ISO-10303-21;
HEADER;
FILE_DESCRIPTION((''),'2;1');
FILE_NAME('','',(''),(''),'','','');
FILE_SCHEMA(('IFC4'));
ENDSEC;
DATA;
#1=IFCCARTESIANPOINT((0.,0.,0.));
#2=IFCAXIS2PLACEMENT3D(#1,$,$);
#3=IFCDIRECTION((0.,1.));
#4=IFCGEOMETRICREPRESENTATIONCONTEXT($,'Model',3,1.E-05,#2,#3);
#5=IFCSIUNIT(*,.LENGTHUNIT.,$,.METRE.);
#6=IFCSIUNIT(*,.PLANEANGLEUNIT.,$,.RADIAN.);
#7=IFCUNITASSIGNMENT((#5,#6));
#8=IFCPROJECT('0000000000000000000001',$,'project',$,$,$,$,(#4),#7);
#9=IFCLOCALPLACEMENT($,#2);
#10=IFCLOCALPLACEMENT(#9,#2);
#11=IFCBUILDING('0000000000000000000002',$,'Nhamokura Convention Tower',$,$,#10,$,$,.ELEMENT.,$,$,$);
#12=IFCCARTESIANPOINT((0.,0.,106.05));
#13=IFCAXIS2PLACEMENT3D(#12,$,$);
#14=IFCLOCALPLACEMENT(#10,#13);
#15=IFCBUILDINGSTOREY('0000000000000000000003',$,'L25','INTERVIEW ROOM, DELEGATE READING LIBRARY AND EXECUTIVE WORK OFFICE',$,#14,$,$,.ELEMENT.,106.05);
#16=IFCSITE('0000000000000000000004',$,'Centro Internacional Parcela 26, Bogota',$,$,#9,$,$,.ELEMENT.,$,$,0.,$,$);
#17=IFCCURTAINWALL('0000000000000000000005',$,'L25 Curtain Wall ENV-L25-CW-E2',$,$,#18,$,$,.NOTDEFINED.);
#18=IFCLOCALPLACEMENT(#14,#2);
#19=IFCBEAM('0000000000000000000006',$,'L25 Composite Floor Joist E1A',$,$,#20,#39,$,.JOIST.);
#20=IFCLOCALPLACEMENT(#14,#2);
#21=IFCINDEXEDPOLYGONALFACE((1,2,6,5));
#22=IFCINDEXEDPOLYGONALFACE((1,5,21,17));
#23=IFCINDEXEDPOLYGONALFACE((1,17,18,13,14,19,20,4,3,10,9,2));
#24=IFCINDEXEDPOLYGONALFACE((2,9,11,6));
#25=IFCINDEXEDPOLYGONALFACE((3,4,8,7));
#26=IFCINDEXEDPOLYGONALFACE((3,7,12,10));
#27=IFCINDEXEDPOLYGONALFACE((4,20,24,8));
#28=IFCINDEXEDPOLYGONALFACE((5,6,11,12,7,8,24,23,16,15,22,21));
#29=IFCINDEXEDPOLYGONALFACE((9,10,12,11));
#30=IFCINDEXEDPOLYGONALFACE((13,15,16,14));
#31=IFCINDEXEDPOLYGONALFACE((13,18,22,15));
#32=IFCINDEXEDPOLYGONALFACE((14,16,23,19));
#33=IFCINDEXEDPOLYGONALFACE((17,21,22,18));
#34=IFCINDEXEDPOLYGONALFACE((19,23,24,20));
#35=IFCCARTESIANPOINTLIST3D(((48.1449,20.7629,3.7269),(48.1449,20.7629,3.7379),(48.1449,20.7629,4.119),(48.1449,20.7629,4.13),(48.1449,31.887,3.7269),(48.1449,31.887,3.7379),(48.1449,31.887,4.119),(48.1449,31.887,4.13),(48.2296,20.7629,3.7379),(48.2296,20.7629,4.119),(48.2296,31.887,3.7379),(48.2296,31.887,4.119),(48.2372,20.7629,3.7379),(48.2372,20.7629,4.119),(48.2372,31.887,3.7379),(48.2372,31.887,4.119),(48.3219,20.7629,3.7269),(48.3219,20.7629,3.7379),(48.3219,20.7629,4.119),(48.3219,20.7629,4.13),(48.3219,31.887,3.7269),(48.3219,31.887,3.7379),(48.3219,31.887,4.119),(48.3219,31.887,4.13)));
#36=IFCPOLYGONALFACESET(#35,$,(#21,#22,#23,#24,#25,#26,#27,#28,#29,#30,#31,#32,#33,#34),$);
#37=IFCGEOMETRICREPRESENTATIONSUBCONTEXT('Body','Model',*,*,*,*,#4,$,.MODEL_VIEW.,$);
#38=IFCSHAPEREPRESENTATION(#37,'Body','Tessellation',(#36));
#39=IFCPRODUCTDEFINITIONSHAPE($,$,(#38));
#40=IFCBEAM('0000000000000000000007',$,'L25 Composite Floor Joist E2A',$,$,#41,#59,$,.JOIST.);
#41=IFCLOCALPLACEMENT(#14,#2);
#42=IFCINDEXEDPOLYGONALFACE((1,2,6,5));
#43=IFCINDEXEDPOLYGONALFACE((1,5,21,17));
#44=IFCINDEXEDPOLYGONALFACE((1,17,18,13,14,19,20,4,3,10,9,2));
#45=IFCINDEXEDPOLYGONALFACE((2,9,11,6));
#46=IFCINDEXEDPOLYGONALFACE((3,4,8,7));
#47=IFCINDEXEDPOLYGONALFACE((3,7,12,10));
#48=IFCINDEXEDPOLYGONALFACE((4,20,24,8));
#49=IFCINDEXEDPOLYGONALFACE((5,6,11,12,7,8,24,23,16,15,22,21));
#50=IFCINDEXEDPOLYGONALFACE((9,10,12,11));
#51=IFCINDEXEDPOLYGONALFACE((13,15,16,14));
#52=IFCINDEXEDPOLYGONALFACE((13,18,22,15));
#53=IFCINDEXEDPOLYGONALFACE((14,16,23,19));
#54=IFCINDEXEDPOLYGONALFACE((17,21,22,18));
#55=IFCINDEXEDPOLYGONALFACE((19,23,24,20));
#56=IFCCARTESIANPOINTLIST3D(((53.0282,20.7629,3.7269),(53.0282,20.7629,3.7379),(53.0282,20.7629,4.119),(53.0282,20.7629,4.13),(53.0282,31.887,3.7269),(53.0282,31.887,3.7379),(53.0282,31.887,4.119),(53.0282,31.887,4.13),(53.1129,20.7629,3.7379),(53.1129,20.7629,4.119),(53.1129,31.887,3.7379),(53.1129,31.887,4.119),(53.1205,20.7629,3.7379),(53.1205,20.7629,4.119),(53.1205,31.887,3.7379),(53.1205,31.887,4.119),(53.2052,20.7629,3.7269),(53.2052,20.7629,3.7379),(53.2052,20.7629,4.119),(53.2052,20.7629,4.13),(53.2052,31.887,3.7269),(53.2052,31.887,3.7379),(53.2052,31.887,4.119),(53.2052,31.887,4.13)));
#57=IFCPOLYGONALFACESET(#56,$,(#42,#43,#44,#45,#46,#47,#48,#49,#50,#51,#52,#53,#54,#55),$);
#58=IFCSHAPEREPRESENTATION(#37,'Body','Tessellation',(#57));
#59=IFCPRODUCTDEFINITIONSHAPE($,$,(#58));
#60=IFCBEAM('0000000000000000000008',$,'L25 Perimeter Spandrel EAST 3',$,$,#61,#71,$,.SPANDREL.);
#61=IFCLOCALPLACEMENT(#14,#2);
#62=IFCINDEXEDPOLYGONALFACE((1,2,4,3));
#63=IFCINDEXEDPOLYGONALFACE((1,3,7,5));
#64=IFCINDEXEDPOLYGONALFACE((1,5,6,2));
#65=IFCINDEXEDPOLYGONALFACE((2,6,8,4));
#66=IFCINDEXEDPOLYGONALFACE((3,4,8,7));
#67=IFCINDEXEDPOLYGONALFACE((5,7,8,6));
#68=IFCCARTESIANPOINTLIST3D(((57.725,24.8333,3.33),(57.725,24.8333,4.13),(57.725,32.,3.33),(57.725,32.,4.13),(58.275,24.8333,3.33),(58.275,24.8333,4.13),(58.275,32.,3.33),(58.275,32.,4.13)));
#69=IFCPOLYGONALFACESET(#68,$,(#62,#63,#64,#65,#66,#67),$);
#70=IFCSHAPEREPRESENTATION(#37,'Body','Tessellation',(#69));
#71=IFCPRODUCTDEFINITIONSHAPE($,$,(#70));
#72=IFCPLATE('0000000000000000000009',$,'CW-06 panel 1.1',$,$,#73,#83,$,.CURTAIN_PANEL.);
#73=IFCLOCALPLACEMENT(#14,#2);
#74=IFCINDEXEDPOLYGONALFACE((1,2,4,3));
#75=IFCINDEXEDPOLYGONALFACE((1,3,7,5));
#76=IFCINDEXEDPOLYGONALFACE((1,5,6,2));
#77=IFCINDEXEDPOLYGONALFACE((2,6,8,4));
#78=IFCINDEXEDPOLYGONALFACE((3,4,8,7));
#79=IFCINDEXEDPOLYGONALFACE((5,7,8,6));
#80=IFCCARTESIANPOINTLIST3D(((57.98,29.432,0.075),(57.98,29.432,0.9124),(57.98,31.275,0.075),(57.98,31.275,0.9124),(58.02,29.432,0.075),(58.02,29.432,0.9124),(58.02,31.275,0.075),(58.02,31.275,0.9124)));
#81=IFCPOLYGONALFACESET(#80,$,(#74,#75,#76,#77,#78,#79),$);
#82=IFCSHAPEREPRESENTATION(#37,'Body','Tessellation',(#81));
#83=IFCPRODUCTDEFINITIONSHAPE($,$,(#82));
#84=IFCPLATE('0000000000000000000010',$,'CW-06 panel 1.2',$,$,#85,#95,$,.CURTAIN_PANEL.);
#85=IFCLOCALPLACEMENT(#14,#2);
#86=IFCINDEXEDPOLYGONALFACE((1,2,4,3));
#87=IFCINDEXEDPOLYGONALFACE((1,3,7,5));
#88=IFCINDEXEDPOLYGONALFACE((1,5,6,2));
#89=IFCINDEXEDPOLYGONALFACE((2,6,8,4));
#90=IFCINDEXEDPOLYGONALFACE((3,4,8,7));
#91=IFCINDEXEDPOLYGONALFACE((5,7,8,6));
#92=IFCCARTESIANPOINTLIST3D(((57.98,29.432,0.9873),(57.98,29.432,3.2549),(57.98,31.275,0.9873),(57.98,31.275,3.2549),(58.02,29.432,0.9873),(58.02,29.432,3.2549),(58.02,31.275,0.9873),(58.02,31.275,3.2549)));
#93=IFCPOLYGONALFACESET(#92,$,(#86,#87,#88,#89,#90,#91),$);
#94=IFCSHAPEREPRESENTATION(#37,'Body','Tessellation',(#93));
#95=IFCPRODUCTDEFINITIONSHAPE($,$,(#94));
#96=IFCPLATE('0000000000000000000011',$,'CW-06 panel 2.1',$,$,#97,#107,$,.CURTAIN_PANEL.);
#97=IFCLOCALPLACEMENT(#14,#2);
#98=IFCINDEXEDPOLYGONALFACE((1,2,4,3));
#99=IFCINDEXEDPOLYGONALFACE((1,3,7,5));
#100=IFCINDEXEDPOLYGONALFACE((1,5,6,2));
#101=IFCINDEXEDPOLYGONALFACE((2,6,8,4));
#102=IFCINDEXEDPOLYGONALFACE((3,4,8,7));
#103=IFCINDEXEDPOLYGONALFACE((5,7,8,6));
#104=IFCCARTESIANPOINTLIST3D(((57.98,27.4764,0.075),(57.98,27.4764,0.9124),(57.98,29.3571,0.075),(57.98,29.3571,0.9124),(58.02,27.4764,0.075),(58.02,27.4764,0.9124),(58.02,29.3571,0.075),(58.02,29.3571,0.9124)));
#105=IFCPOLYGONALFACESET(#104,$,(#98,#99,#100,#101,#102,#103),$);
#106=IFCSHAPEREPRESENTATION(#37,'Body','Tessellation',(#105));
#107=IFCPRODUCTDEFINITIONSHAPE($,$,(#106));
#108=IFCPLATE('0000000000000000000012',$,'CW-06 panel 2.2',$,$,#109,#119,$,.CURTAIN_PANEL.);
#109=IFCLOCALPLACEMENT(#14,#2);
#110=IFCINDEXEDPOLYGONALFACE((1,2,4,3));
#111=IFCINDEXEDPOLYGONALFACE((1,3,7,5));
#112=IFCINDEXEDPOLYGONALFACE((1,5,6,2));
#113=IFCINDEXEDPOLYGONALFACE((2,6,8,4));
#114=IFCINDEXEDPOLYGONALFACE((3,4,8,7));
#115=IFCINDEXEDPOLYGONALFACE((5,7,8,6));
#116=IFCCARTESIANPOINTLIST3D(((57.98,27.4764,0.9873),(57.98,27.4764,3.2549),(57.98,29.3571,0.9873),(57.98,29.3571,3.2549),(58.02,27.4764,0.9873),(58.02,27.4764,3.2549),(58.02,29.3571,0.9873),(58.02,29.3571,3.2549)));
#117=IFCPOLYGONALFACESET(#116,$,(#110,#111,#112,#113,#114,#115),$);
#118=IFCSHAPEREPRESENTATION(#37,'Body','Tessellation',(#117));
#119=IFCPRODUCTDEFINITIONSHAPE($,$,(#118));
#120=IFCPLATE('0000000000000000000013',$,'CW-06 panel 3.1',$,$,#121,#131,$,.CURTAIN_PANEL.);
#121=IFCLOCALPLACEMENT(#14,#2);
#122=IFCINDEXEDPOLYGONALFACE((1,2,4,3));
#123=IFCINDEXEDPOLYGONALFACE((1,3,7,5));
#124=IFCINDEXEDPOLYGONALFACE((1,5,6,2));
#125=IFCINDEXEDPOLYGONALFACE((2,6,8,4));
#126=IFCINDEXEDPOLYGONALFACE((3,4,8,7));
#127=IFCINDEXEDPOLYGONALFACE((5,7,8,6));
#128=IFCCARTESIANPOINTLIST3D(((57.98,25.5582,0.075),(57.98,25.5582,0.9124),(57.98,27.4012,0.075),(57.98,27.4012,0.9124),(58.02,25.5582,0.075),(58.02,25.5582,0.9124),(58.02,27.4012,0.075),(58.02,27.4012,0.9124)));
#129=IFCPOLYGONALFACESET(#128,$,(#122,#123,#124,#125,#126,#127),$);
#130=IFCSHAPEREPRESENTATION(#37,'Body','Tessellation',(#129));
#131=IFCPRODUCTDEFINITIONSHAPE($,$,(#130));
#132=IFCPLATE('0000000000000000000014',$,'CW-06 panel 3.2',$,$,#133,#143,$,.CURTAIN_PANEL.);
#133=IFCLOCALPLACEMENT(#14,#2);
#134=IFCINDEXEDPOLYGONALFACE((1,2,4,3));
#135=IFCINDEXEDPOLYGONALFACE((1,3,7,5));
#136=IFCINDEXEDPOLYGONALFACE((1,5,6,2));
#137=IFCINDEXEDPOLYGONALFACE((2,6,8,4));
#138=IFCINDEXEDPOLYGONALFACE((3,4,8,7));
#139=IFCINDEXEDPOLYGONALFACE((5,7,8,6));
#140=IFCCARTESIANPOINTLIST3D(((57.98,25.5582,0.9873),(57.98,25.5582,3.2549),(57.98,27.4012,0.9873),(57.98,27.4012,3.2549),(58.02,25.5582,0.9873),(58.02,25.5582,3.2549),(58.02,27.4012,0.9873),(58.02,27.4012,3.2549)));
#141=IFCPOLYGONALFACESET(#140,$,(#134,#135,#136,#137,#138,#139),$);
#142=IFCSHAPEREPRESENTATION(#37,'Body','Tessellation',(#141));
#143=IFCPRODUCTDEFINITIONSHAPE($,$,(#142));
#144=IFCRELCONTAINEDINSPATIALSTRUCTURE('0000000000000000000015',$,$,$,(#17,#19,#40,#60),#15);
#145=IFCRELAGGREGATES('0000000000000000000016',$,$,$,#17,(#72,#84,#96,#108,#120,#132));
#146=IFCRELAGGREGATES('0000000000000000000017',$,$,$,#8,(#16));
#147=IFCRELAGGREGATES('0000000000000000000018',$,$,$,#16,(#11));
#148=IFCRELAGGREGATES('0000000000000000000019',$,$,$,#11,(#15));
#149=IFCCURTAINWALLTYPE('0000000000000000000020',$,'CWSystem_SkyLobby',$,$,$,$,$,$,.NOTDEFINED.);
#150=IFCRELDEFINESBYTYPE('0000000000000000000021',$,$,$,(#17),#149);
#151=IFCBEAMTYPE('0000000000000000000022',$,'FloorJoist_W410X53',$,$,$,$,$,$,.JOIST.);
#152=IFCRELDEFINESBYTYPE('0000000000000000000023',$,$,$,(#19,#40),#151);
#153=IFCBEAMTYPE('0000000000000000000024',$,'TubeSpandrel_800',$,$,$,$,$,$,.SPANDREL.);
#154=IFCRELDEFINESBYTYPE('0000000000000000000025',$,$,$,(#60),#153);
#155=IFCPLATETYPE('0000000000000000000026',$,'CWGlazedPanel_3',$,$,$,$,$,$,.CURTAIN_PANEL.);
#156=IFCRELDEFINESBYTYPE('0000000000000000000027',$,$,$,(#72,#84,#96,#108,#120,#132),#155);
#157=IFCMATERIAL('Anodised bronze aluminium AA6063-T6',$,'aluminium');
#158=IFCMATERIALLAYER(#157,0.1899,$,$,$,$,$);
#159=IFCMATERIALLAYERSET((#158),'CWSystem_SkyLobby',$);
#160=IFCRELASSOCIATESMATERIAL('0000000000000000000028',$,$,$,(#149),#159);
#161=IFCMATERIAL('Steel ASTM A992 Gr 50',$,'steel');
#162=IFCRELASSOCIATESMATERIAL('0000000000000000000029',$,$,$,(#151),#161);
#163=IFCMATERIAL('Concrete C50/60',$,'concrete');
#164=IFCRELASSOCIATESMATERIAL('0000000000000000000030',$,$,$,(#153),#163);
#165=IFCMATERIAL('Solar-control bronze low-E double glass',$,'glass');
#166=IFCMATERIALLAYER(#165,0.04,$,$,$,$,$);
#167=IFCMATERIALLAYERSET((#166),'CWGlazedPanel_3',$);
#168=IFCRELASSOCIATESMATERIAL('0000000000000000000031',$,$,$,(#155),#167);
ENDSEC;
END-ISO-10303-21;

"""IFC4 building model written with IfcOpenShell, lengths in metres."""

from ifc_helpers import new_model, si_unit, direction, frame, origin, origin_2d, place, context, subcontext, project, spatial, rectangle, i_section, extrude, material, layer, layer_set, material_profile, profile_set, type_object, element, aggregate, save


model = new_model("IFC4")

# Units and contexts
model_context = context("Model", 3, precision=1e-05, world=origin(), true_north=direction((0.0, 1.0)))
body_context = subcontext(model_context, "Body", "Model", "MODEL_VIEW")
ifc_project = project(units=[si_unit("LENGTHUNIT", "METRE"), si_unit("PLANEANGLEUNIT", "RADIAN")], contexts=[model_context])

# Site, building, storey
site_placement = place(None, origin())
site = spatial("IfcSite", under=ifc_project, at=site_placement, Name="Centro Internacional Parcela 26, Bogota", CompositionType="ELEMENT", RefElevation=0.0)
building_placement = place(site_placement, origin())
building = spatial("IfcBuilding", under=site, at=building_placement, Name="Nhamokura Convention Tower", CompositionType="ELEMENT")
storey_placement = place(building_placement, frame((0.0, 0.0, 106.05)))
storey = spatial("IfcBuildingStorey", under=building, at=storey_placement, Name="L25", Description="INTERVIEW ROOM, DELEGATE READING LIBRARY AND EXECUTIVE WORK OFFICE", CompositionType="ELEMENT", Elevation=106.05)

# Curtain wall
ifc_material_1 = material(Name="Anodised bronze aluminium AA6063-T6", Category="aluminium")
ifc_layer_1 = layer(ifc_material_1, 0.1899)
ifc_layer_set_1 = layer_set([ifc_layer_1], Name="CWSystem_SkyLobby")
curtain_wall_type = type_object("IfcCurtainWallType", Name="CWSystem_SkyLobby", PredefinedType="NOTDEFINED", material=ifc_layer_set_1)
curtain_wall_placement = place(storey_placement, origin())
curtain_wall = element("IfcCurtainWall", 1, at=curtain_wall_placement, inside=storey, type_object=curtain_wall_type, Name="L25 Curtain Wall ENV-L25-CW-E2", PredefinedType="NOTDEFINED")

# Beams
ifc_material_2 = material(Name="Steel ASTM A992 Gr 50", Category="steel")
ifc_material_profile_1 = material_profile(ifc_material_2, i_section(OverallWidth=0.177, OverallDepth=0.4031, WebThickness=0.0076, FlangeThickness=0.011, at=origin_2d()))
ifc_profile_set_1 = profile_set([ifc_material_profile_1], Name="Steel ASTM A992 Gr 50")
beam_type_1 = type_object("IfcBeamType", Name="FloorJoist_W410X53", PredefinedType="JOIST", material=ifc_profile_set_1)
for number, where, z_axis, x_axis, name in (
    (2, (48.2334, 20.7629, 3.9285), (0.0, 1.0, 0.0), (-1.0, 0.0, 0.0), "L25 Composite Floor Joist E1A"),
    (3, (53.1167, 20.7629, 3.9285), (0.0, 1.0, 0.0), (-1.0, 0.0, 0.0), "L25 Composite Floor Joist E2A"),
):
    element("IfcBeam", number, at=place(storey_placement, frame(where, z_axis=z_axis, x_axis=x_axis)), inside=storey, type_object=beam_type_1, Name=name, PredefinedType="JOIST", context=body_context, shape_type="SweptSolid", body=[
        extrude(i_section(OverallWidth=0.177, OverallDepth=0.4031, WebThickness=0.0076, FlangeThickness=0.011, at=origin_2d()), origin(), (0.0, 0.0, 1.0), 11.124),
    ])
ifc_material_3 = material(Name="Concrete C50/60", Category="concrete")
ifc_material_profile_2 = material_profile(ifc_material_3, rectangle(XDim=0.55, YDim=0.8, at=origin_2d()))
ifc_profile_set_2 = profile_set([ifc_material_profile_2], Name="Concrete C50/60")
beam_type_2 = type_object("IfcBeamType", Name="TubeSpandrel_800", PredefinedType="SPANDREL", material=ifc_profile_set_2)
beam_placement = place(storey_placement, frame((58.0, 24.8333, 3.73), z_axis=(0.0, 1.0, 0.0), x_axis=(-1.0, 0.0, 0.0)))
element("IfcBeam", 4, at=beam_placement, inside=storey, type_object=beam_type_2, Name="L25 Perimeter Spandrel EAST 3", PredefinedType="SPANDREL", context=body_context, shape_type="SweptSolid", body=[
    extrude(rectangle(XDim=0.55, YDim=0.8, at=origin_2d()), origin(), (0.0, 0.0, 1.0), 7.1667),
])

# Plates
ifc_material_4 = material(Name="Solar-control bronze low-E double glass", Category="glass")
ifc_layer_2 = layer(ifc_material_4, 0.04)
ifc_layer_set_2 = layer_set([ifc_layer_2], Name="CWGlazedPanel_3")
plate_type = type_object("IfcPlateType", Name="CWGlazedPanel_3", PredefinedType="CURTAIN_PANEL", material=ifc_layer_set_2)
plate_1_placement = place(storey_placement, frame((58.0, 30.3535, 0.075), z_axis=(0.0, 0.0, 1.0), x_axis=(0.0, -1.0, 0.0)))
plate_1 = element("IfcPlate", 5, at=plate_1_placement, type_object=plate_type, Name="CW-06 panel 1.1", PredefinedType="CURTAIN_PANEL", context=body_context, shape_type="SweptSolid", body=[
    extrude(rectangle(XDim=1.843, YDim=0.04, at=origin_2d()), origin(), (0.0, 0.0, 1.0), 0.8374),
])
plate_2_placement = place(storey_placement, frame((58.0, 30.3535, 0.9873), z_axis=(0.0, 0.0, 1.0), x_axis=(0.0, -1.0, 0.0)))
plate_2 = element("IfcPlate", 6, at=plate_2_placement, type_object=plate_type, Name="CW-06 panel 1.2", PredefinedType="CURTAIN_PANEL", context=body_context, shape_type="SweptSolid", body=[
    extrude(rectangle(XDim=1.843, YDim=0.04, at=origin_2d()), origin(), (0.0, 0.0, 1.0), 2.2676),
])
plate_3_placement = place(storey_placement, frame((58.0, 28.4167, 0.075), z_axis=(0.0, 0.0, 1.0), x_axis=(0.0, -1.0, 0.0)))
plate_3 = element("IfcPlate", 7, at=plate_3_placement, type_object=plate_type, Name="CW-06 panel 2.1", PredefinedType="CURTAIN_PANEL", context=body_context, shape_type="SweptSolid", body=[
    extrude(rectangle(XDim=1.8806, YDim=0.04, at=origin_2d()), origin(), (0.0, 0.0, 1.0), 0.8374),
])
plate_4_placement = place(storey_placement, frame((58.0, 28.4167, 0.9873), z_axis=(0.0, 0.0, 1.0), x_axis=(0.0, -1.0, 0.0)))
plate_4 = element("IfcPlate", 8, at=plate_4_placement, type_object=plate_type, Name="CW-06 panel 2.2", PredefinedType="CURTAIN_PANEL", context=body_context, shape_type="SweptSolid", body=[
    extrude(rectangle(XDim=1.8806, YDim=0.04, at=origin_2d()), origin(), (0.0, 0.0, 1.0), 2.2676),
])
plate_5_placement = place(storey_placement, frame((58.0, 26.4797, 0.075), z_axis=(0.0, 0.0, 1.0), x_axis=(0.0, -1.0, 0.0)))
plate_5 = element("IfcPlate", 9, at=plate_5_placement, type_object=plate_type, Name="CW-06 panel 3.1", PredefinedType="CURTAIN_PANEL", context=body_context, shape_type="SweptSolid", body=[
    extrude(rectangle(XDim=1.843, YDim=0.04, at=origin_2d()), origin(), (0.0, 0.0, 1.0), 0.8374),
])
plate_6_placement = place(storey_placement, frame((58.0, 26.4797, 0.9873), z_axis=(0.0, 0.0, 1.0), x_axis=(0.0, -1.0, 0.0)))
plate_6 = element("IfcPlate", 10, at=plate_6_placement, type_object=plate_type, Name="CW-06 panel 3.2", PredefinedType="CURTAIN_PANEL", context=body_context, shape_type="SweptSolid", body=[
    extrude(rectangle(XDim=1.843, YDim=0.04, at=origin_2d()), origin(), (0.0, 0.0, 1.0), 2.2676),
])
aggregate(curtain_wall, [plate_1, plate_2, plate_3, plate_4, plate_5, plate_6])

save(model, "model.ifc")
